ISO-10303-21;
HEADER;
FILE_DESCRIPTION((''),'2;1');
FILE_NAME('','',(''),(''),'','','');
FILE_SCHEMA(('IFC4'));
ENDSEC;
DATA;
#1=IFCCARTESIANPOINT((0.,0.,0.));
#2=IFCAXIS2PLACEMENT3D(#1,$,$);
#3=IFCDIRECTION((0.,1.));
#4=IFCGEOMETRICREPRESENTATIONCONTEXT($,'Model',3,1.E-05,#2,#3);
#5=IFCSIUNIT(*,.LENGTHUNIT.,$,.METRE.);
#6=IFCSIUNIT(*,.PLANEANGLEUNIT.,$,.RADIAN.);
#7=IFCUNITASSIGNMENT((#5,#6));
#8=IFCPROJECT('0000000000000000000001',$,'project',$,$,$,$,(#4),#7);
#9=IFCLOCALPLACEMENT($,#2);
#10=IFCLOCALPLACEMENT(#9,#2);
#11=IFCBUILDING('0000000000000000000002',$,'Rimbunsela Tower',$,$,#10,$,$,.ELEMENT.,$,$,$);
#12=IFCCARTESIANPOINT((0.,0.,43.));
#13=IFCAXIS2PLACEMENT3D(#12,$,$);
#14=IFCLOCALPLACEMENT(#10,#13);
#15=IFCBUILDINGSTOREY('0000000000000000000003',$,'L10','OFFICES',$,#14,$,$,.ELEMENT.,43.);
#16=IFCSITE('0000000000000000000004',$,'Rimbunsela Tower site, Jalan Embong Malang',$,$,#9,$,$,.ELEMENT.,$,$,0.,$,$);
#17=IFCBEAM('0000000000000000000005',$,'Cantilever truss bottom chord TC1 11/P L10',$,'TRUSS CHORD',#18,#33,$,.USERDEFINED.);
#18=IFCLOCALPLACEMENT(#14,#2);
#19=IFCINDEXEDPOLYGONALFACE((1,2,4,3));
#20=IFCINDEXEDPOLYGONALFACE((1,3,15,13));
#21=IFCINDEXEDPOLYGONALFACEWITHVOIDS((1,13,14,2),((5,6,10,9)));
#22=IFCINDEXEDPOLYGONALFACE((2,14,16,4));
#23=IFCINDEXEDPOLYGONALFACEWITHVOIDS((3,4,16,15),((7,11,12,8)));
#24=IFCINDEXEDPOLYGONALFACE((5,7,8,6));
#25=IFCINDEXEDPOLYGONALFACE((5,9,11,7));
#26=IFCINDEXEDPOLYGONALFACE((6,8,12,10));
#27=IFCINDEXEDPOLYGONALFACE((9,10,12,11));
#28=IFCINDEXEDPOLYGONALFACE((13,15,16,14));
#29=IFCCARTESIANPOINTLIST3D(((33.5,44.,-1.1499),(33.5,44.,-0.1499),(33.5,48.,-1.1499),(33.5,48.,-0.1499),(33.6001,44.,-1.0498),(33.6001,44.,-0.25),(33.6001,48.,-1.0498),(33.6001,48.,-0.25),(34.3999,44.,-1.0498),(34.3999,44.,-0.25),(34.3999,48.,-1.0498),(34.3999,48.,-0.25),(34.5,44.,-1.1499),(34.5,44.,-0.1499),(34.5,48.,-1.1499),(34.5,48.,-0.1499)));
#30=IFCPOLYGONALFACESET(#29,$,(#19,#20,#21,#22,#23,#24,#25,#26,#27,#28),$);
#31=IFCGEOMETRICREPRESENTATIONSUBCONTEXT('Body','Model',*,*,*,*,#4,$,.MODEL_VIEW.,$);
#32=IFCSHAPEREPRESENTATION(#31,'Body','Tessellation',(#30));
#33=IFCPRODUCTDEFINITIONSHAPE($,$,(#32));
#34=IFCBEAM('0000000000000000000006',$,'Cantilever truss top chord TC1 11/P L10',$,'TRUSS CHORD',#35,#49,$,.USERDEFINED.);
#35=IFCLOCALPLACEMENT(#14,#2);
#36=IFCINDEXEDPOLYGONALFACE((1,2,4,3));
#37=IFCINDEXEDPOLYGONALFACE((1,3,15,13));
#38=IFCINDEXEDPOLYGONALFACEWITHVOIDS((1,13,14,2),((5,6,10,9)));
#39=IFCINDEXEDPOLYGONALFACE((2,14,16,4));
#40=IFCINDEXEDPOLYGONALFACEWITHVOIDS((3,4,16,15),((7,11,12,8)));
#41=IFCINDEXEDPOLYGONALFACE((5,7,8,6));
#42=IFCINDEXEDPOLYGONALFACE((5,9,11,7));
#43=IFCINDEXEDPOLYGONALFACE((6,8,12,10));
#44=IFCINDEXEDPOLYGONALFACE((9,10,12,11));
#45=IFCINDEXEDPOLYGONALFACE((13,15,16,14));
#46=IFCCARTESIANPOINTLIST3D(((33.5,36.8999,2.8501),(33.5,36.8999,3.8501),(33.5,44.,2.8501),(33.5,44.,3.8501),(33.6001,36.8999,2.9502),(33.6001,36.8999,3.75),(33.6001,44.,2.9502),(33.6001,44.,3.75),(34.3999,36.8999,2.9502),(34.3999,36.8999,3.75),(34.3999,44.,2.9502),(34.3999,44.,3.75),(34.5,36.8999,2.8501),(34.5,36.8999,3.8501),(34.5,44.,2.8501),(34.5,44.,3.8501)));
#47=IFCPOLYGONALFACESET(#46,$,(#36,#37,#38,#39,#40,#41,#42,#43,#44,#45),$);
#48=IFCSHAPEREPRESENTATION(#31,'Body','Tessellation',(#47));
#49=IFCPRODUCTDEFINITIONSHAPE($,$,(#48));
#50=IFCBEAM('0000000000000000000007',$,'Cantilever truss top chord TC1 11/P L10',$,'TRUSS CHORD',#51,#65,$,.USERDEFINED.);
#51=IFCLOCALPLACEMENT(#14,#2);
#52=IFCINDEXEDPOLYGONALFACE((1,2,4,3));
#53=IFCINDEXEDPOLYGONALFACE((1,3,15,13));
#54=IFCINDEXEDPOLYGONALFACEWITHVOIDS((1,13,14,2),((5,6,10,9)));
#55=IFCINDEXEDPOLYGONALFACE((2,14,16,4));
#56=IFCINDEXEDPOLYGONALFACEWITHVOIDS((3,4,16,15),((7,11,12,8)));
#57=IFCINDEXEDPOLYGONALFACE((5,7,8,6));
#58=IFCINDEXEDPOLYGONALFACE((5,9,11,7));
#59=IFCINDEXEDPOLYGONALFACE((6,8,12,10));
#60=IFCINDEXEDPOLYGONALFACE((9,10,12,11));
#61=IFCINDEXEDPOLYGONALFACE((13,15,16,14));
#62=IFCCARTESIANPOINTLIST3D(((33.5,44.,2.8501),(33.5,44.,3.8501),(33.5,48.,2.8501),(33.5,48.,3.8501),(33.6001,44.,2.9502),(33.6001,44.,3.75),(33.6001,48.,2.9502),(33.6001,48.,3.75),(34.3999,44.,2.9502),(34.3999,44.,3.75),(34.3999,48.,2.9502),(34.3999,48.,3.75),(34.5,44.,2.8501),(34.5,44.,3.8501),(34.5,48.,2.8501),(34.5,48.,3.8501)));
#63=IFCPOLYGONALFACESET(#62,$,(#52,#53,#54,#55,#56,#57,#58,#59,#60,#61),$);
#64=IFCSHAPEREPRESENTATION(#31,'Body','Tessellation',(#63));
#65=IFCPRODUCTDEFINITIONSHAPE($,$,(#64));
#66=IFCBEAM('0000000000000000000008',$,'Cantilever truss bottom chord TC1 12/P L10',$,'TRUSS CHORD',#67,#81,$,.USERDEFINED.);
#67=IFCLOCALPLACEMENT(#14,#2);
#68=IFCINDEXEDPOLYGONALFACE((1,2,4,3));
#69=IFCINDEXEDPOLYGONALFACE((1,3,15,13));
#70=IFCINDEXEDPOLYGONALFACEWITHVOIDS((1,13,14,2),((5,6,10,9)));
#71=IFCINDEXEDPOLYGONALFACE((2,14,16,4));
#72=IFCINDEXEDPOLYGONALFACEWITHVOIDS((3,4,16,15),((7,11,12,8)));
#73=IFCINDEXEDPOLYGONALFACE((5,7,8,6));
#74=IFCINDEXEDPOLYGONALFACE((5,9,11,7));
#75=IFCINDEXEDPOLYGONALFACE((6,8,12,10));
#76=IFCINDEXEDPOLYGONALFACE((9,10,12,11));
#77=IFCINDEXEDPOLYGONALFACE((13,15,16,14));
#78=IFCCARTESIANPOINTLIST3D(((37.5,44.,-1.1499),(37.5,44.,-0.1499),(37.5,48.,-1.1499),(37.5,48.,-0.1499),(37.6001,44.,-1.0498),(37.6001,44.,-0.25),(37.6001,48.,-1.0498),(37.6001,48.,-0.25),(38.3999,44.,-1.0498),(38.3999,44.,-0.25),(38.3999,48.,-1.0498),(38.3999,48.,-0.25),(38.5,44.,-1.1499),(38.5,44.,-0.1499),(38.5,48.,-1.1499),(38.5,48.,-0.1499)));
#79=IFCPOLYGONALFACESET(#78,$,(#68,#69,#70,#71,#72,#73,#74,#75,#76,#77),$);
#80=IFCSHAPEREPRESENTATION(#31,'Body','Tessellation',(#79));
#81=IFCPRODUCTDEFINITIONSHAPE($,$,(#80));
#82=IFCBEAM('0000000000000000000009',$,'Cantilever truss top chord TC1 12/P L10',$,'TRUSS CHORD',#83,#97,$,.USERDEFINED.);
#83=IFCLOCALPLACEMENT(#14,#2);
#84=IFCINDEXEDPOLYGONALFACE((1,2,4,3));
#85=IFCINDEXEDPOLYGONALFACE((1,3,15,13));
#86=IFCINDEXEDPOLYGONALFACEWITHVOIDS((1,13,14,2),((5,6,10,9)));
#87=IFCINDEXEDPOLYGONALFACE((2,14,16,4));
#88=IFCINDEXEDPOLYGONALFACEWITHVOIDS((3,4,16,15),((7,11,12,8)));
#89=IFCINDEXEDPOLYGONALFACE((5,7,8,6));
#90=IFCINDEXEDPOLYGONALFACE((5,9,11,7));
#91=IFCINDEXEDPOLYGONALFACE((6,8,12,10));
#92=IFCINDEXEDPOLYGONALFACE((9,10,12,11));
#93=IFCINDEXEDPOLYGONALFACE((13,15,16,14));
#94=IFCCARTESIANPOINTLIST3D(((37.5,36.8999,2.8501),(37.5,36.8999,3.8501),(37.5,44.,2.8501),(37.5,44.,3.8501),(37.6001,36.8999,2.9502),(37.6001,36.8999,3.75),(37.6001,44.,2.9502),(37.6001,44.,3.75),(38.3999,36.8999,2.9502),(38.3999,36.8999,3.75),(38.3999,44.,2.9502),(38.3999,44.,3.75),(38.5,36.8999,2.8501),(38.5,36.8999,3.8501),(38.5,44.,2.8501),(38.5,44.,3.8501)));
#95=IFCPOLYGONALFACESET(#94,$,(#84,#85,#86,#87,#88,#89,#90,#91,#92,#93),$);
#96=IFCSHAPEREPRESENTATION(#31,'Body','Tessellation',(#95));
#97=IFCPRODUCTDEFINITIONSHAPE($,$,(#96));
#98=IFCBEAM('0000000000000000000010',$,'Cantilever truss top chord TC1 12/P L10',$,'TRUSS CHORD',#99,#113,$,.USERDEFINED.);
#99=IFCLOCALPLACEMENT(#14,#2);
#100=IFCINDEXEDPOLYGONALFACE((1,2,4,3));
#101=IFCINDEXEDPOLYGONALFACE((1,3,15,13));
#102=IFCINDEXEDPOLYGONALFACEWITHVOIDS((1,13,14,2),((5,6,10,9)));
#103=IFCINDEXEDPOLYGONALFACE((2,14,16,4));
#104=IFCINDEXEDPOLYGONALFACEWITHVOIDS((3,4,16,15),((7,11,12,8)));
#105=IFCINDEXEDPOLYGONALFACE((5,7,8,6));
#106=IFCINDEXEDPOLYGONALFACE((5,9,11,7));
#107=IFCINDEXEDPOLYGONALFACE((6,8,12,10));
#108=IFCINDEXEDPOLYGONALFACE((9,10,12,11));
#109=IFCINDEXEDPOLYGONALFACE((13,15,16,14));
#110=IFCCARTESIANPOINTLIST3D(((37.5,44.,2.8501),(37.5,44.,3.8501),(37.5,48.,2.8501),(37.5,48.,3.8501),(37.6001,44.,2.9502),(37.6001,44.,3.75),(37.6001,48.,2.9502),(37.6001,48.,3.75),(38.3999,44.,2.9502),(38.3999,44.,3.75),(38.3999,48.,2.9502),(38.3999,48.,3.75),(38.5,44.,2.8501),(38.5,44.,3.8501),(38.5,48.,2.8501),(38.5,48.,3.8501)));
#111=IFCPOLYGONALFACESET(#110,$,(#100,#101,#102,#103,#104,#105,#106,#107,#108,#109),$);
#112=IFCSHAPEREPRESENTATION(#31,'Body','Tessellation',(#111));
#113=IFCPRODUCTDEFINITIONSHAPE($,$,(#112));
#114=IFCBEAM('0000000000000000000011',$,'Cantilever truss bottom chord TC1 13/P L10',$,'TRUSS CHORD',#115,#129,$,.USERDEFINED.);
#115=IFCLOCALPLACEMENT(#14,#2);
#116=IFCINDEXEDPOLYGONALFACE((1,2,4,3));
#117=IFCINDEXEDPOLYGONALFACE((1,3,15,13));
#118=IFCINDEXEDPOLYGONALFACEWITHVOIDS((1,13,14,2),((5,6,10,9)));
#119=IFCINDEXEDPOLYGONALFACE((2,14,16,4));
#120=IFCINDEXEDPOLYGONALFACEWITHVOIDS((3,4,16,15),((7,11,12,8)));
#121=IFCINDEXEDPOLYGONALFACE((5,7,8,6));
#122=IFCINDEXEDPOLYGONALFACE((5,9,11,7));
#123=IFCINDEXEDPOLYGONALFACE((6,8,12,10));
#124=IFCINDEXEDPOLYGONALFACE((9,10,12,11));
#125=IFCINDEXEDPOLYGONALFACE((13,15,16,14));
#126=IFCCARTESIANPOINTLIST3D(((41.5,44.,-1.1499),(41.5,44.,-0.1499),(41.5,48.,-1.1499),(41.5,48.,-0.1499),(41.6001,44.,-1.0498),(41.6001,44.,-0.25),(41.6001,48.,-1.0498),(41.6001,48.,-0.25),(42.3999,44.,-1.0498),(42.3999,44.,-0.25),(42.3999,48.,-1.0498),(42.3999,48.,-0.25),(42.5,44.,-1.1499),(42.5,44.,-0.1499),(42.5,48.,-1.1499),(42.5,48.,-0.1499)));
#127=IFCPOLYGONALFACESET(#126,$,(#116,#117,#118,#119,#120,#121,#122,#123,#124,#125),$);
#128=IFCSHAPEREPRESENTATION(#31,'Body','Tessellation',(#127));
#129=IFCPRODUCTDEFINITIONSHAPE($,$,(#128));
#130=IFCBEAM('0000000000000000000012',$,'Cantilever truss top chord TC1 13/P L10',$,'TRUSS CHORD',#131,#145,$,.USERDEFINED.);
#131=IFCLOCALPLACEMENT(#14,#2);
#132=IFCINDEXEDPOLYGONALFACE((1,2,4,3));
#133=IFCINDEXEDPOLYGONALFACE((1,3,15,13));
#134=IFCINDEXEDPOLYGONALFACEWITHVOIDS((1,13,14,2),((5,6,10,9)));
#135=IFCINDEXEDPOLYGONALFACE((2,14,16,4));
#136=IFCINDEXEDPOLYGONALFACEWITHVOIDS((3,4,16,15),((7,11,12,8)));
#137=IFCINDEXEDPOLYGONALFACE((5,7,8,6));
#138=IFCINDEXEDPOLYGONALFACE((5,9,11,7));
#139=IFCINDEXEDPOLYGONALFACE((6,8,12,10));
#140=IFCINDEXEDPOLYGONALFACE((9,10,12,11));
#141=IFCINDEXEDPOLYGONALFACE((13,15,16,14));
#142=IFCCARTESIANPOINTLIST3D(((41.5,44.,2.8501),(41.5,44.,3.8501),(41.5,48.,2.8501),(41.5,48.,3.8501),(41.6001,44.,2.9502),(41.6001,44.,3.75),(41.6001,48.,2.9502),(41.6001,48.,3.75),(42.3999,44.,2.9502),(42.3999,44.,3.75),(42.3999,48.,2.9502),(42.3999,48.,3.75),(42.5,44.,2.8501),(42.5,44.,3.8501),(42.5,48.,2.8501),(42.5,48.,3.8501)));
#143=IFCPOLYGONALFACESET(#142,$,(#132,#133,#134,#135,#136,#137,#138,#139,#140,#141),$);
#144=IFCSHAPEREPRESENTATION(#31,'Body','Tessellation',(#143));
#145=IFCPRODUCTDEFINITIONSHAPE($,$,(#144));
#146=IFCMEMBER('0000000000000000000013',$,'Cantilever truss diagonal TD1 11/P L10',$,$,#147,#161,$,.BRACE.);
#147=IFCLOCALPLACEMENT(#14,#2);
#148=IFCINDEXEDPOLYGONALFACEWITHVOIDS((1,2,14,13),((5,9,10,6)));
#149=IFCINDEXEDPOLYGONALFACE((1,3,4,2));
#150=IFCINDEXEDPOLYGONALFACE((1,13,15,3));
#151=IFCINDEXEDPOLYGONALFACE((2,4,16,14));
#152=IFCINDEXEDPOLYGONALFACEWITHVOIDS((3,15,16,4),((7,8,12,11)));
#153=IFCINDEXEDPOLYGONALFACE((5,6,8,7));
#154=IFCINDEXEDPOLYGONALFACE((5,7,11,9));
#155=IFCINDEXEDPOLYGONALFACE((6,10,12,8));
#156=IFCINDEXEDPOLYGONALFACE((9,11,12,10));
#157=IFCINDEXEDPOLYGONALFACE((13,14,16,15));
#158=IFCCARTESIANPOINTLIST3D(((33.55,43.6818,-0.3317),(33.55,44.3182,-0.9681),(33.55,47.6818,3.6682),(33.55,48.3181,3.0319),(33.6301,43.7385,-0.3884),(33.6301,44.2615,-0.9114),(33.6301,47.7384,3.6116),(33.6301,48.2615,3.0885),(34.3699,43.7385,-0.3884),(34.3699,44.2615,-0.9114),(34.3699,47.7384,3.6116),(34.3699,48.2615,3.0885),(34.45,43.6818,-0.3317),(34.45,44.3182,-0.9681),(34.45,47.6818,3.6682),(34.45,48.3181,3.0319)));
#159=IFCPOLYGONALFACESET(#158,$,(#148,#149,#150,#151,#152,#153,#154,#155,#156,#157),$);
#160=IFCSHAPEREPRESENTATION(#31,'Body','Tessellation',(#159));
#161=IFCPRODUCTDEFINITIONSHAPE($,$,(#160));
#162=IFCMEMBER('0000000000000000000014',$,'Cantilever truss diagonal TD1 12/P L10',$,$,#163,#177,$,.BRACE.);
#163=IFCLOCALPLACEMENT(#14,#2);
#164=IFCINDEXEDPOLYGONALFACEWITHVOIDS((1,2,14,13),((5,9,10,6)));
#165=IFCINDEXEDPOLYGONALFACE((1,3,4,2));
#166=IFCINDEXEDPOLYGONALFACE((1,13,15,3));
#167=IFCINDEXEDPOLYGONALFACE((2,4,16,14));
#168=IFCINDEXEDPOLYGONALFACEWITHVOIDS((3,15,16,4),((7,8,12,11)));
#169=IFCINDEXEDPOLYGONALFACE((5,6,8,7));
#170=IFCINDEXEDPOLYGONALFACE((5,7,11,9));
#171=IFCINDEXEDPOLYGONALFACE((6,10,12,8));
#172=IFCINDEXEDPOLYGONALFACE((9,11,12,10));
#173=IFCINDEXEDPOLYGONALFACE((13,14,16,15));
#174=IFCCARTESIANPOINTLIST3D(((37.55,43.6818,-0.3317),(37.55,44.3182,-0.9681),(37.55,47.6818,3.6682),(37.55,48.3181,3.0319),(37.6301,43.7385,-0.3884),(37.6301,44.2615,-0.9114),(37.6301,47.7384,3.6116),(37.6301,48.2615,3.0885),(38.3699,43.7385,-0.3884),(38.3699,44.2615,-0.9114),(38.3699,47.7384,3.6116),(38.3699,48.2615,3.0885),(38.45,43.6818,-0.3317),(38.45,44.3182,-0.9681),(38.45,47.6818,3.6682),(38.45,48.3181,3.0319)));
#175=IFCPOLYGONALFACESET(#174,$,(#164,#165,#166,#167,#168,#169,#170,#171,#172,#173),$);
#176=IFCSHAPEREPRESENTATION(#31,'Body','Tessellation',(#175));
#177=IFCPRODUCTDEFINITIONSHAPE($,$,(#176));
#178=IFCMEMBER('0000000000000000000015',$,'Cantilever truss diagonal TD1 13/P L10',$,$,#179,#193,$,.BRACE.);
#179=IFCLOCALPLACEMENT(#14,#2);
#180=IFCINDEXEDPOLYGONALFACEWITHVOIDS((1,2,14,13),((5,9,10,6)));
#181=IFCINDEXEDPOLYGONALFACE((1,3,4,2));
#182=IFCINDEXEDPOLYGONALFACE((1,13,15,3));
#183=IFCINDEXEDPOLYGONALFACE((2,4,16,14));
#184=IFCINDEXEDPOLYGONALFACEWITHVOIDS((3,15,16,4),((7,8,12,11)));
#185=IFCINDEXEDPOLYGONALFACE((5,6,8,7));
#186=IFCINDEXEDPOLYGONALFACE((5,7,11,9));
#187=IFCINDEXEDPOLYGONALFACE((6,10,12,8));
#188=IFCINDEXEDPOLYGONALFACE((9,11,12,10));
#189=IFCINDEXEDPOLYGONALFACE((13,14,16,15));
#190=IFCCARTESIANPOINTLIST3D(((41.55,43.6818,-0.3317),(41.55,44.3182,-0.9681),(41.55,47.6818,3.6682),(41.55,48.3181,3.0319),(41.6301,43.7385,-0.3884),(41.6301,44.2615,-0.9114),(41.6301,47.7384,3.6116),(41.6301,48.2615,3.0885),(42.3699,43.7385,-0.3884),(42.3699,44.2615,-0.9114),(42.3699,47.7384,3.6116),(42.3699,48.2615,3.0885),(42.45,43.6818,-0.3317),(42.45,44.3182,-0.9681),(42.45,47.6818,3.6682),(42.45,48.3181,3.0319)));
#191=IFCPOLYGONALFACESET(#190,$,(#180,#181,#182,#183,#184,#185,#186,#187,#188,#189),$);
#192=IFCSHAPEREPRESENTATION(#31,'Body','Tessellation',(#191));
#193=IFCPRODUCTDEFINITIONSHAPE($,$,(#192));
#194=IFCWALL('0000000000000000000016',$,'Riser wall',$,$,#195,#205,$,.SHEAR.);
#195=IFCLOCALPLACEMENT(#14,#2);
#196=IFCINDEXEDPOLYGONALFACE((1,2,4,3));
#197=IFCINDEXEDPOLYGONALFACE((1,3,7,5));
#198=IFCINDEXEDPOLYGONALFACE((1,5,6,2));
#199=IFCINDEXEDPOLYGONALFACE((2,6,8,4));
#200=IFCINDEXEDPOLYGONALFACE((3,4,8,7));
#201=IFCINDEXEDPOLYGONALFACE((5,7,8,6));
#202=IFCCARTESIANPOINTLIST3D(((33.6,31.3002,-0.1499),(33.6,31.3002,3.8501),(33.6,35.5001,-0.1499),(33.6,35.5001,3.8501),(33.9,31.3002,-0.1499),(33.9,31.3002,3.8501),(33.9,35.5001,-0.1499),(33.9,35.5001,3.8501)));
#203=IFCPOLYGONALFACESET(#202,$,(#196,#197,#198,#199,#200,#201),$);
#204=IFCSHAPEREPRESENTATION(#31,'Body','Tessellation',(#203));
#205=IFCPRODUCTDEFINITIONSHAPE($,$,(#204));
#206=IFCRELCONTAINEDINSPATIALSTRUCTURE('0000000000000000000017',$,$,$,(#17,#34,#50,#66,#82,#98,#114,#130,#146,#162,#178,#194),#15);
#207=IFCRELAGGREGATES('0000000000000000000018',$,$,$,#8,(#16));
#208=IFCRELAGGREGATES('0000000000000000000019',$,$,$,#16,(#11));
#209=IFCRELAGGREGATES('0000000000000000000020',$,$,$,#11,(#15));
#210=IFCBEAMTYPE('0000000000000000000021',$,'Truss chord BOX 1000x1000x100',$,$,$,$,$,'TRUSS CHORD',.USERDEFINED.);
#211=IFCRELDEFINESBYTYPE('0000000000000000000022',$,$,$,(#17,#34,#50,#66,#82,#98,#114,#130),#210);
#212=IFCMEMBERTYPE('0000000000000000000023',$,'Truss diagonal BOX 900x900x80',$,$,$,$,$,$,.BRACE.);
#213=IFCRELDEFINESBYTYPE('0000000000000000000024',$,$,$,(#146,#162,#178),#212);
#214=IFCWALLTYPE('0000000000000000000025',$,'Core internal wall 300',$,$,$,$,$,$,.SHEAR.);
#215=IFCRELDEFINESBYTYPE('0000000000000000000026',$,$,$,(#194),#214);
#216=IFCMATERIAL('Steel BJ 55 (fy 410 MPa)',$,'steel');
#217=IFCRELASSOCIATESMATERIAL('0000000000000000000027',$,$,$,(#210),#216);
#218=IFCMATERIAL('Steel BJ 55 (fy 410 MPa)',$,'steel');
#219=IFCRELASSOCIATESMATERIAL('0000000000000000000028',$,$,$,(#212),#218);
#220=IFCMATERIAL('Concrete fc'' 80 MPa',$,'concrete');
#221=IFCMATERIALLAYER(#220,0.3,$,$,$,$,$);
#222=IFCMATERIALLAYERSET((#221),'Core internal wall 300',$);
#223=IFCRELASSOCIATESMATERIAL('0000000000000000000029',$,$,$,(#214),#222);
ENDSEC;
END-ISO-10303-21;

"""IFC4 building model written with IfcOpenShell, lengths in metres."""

from ifc_helpers import new_model, si_unit, direction, frame, frame_2d, origin, origin_2d, place, context, subcontext, project, spatial, rectangle, hollow_rectangle, extrude, material, layer, layer_set, material_profile, profile_set, type_object, element, save


model = new_model("IFC4")

# Units and contexts
model_context = context("Model", 3, precision=1e-05, world=origin(), true_north=direction((0.0, 1.0)))
body_context = subcontext(model_context, "Body", "Model", "MODEL_VIEW")
ifc_project = project(units=[si_unit("LENGTHUNIT", "METRE"), si_unit("PLANEANGLEUNIT", "RADIAN")], contexts=[model_context])

# Site, building, storey
site_placement = place(None, origin())
site = spatial("IfcSite", under=ifc_project, at=site_placement, Name="Rimbunsela Tower site, Jalan Embong Malang", CompositionType="ELEMENT", RefElevation=0.0)
building_placement = place(site_placement, origin())
building = spatial("IfcBuilding", under=site, at=building_placement, Name="Rimbunsela Tower", CompositionType="ELEMENT")
storey_placement = place(building_placement, frame((0.0, 0.0, 43.0)))
storey = spatial("IfcBuildingStorey", under=building, at=storey_placement, Name="L10", Description="OFFICES", CompositionType="ELEMENT", Elevation=43.0)

# Beams
ifc_material_1 = material(Name="Steel BJ 55 (fy 410 MPa)", Category="steel")
ifc_material_profile_1 = material_profile(ifc_material_1, hollow_rectangle(XDim=1.0, YDim=1.0, WallThickness=0.1001, at=origin_2d()), Name="BOX 1000x1000x100")
ifc_profile_set_1 = profile_set([ifc_material_profile_1], Name="Steel BJ 55 (fy 410 MPa)")
beam_type_1 = type_object("IfcBeamType", Name="Truss chord BOX 1000x1000x100", ElementType="TRUSS CHORD", PredefinedType="USERDEFINED", material=ifc_profile_set_1)
beam_1_placement = place(storey_placement, frame((34.0, 44.0, -0.6499), z_axis=(0.0, 1.0, 0.0), x_axis=(-1.0, 0.0, 0.0)))
element("IfcBeam", 1, at=beam_1_placement, inside=storey, type_object=beam_type_1, Name="Cantilever truss bottom chord TC1 11/P L10", ObjectType="TRUSS CHORD", PredefinedType="USERDEFINED", context=body_context, shape_type="SweptSolid", body=[
    extrude(hollow_rectangle(XDim=1.0, YDim=1.0, WallThickness=0.1001, at=origin_2d()), origin(), (0.0, 0.0, 1.0), 4.0),
])
beam_2_placement = place(storey_placement, frame((34.0, 36.8999, 3.3501), z_axis=(0.0, 1.0, 0.0), x_axis=(-1.0, 0.0, 0.0)))
element("IfcBeam", 2, at=beam_2_placement, inside=storey, type_object=beam_type_1, Name="Cantilever truss top chord TC1 11/P L10", ObjectType="TRUSS CHORD", PredefinedType="USERDEFINED", context=body_context, shape_type="SweptSolid", body=[
    extrude(hollow_rectangle(XDim=1.0, YDim=1.0, WallThickness=0.1001, at=origin_2d()), origin(), (0.0, 0.0, 1.0), 7.1001),
])
for number, where, z_axis, x_axis, name in (
    (3, (34.0, 44.0, 3.3501), (0.0, 1.0, 0.0), (-1.0, 0.0, 0.0), "Cantilever truss top chord TC1 11/P L10"),
    (4, (38.0, 44.0, -0.6499), (0.0, 1.0, 0.0), (-1.0, 0.0, 0.0), "Cantilever truss bottom chord TC1 12/P L10"),
):
    element("IfcBeam", number, at=place(storey_placement, frame(where, z_axis=z_axis, x_axis=x_axis)), inside=storey, type_object=beam_type_1, Name=name, ObjectType="TRUSS CHORD", PredefinedType="USERDEFINED", context=body_context, shape_type="SweptSolid", body=[
        extrude(hollow_rectangle(XDim=1.0, YDim=1.0, WallThickness=0.1001, at=origin_2d()), origin(), (0.0, 0.0, 1.0), 4.0),
    ])
beam_3_placement = place(storey_placement, frame((38.0, 36.8999, 3.3501), z_axis=(0.0, 1.0, 0.0), x_axis=(-1.0, 0.0, 0.0)))
element("IfcBeam", 5, at=beam_3_placement, inside=storey, type_object=beam_type_1, Name="Cantilever truss top chord TC1 12/P L10", ObjectType="TRUSS CHORD", PredefinedType="USERDEFINED", context=body_context, shape_type="SweptSolid", body=[
    extrude(hollow_rectangle(XDim=1.0, YDim=1.0, WallThickness=0.1001, at=origin_2d()), origin(), (0.0, 0.0, 1.0), 7.1001),
])
for number, where, z_axis, x_axis, name in (
    (6, (38.0, 44.0, 3.3501), (0.0, 1.0, 0.0), (-1.0, 0.0, 0.0), "Cantilever truss top chord TC1 12/P L10"),
    (7, (42.0, 44.0, -0.6499), (0.0, 1.0, 0.0), (-1.0, 0.0, 0.0), "Cantilever truss bottom chord TC1 13/P L10"),
    (8, (42.0, 44.0, 3.3501), (0.0, 1.0, 0.0), (-1.0, 0.0, 0.0), "Cantilever truss top chord TC1 13/P L10"),
):
    element("IfcBeam", number, at=place(storey_placement, frame(where, z_axis=z_axis, x_axis=x_axis)), inside=storey, type_object=beam_type_1, Name=name, ObjectType="TRUSS CHORD", PredefinedType="USERDEFINED", context=body_context, shape_type="SweptSolid", body=[
        extrude(hollow_rectangle(XDim=1.0, YDim=1.0, WallThickness=0.1001, at=origin_2d()), origin(), (0.0, 0.0, 1.0), 4.0),
    ])

# Members
ifc_material_2 = material(Name="Steel BJ 55 (fy 410 MPa)", Category="steel")
ifc_material_profile_2 = material_profile(ifc_material_2, hollow_rectangle(XDim=0.8999, YDim=0.8999, WallThickness=0.0801, at=origin_2d()), Name="BOX 900x900x80")
ifc_profile_set_2 = profile_set([ifc_material_profile_2], Name="Steel BJ 55 (fy 410 MPa)")
member_type_1 = type_object("IfcMemberType", Name="Truss diagonal BOX 900x900x80", PredefinedType="BRACE", material=ifc_profile_set_2)
for number, where, z_axis, x_axis, name in (
    (9, (34.0, 44.0, -0.6499), (0.0, 0.707107, 0.707107), (-1.0, 0.0, 0.0), "Cantilever truss diagonal TD1 11/P L10"),
    (10, (38.0, 44.0, -0.6499), (0.0, 0.707107, 0.707107), (-1.0, 0.0, 0.0), "Cantilever truss diagonal TD1 12/P L10"),
    (11, (42.0, 44.0, -0.6499), (0.0, 0.707107, 0.707107), (-1.0, 0.0, 0.0), "Cantilever truss diagonal TD1 13/P L10"),
):
    element("IfcMember", number, at=place(storey_placement, frame(where, z_axis=z_axis, x_axis=x_axis)), inside=storey, type_object=member_type_1, Name=name, PredefinedType="BRACE", context=body_context, shape_type="SweptSolid", body=[
        extrude(hollow_rectangle(XDim=0.8999, YDim=0.8999, WallThickness=0.0801, at=origin_2d()), origin(), (0.0, 0.0, 1.0), 5.6567),
    ])

# Wall
ifc_material_3 = material(Name="Concrete fc' 80 MPa", Category="concrete")
ifc_layer_1 = layer(ifc_material_3, 0.3)
ifc_layer_set_1 = layer_set([ifc_layer_1], Name="Core internal wall 300")
wall_type_1 = type_object("IfcWallType", Name="Core internal wall 300", PredefinedType="SHEAR", material=ifc_layer_set_1)
wall_1_placement = place(storey_placement, frame((33.75, 31.3, -0.1499), z_axis=(0.0, 0.0, 1.0), x_axis=(0.0, 1.0, 0.0)))
element("IfcWall", 12, at=wall_1_placement, inside=storey, type_object=wall_type_1, Name="Riser wall", PredefinedType="SHEAR", context=body_context, shape_type="SweptSolid", body=[
    extrude(rectangle(XDim=4.2, YDim=0.3, at=frame_2d((2.1001, 0.0))), origin(), (0.0, 0.0, 1.0), 4.0),
])

save(model, "model.ifc")
